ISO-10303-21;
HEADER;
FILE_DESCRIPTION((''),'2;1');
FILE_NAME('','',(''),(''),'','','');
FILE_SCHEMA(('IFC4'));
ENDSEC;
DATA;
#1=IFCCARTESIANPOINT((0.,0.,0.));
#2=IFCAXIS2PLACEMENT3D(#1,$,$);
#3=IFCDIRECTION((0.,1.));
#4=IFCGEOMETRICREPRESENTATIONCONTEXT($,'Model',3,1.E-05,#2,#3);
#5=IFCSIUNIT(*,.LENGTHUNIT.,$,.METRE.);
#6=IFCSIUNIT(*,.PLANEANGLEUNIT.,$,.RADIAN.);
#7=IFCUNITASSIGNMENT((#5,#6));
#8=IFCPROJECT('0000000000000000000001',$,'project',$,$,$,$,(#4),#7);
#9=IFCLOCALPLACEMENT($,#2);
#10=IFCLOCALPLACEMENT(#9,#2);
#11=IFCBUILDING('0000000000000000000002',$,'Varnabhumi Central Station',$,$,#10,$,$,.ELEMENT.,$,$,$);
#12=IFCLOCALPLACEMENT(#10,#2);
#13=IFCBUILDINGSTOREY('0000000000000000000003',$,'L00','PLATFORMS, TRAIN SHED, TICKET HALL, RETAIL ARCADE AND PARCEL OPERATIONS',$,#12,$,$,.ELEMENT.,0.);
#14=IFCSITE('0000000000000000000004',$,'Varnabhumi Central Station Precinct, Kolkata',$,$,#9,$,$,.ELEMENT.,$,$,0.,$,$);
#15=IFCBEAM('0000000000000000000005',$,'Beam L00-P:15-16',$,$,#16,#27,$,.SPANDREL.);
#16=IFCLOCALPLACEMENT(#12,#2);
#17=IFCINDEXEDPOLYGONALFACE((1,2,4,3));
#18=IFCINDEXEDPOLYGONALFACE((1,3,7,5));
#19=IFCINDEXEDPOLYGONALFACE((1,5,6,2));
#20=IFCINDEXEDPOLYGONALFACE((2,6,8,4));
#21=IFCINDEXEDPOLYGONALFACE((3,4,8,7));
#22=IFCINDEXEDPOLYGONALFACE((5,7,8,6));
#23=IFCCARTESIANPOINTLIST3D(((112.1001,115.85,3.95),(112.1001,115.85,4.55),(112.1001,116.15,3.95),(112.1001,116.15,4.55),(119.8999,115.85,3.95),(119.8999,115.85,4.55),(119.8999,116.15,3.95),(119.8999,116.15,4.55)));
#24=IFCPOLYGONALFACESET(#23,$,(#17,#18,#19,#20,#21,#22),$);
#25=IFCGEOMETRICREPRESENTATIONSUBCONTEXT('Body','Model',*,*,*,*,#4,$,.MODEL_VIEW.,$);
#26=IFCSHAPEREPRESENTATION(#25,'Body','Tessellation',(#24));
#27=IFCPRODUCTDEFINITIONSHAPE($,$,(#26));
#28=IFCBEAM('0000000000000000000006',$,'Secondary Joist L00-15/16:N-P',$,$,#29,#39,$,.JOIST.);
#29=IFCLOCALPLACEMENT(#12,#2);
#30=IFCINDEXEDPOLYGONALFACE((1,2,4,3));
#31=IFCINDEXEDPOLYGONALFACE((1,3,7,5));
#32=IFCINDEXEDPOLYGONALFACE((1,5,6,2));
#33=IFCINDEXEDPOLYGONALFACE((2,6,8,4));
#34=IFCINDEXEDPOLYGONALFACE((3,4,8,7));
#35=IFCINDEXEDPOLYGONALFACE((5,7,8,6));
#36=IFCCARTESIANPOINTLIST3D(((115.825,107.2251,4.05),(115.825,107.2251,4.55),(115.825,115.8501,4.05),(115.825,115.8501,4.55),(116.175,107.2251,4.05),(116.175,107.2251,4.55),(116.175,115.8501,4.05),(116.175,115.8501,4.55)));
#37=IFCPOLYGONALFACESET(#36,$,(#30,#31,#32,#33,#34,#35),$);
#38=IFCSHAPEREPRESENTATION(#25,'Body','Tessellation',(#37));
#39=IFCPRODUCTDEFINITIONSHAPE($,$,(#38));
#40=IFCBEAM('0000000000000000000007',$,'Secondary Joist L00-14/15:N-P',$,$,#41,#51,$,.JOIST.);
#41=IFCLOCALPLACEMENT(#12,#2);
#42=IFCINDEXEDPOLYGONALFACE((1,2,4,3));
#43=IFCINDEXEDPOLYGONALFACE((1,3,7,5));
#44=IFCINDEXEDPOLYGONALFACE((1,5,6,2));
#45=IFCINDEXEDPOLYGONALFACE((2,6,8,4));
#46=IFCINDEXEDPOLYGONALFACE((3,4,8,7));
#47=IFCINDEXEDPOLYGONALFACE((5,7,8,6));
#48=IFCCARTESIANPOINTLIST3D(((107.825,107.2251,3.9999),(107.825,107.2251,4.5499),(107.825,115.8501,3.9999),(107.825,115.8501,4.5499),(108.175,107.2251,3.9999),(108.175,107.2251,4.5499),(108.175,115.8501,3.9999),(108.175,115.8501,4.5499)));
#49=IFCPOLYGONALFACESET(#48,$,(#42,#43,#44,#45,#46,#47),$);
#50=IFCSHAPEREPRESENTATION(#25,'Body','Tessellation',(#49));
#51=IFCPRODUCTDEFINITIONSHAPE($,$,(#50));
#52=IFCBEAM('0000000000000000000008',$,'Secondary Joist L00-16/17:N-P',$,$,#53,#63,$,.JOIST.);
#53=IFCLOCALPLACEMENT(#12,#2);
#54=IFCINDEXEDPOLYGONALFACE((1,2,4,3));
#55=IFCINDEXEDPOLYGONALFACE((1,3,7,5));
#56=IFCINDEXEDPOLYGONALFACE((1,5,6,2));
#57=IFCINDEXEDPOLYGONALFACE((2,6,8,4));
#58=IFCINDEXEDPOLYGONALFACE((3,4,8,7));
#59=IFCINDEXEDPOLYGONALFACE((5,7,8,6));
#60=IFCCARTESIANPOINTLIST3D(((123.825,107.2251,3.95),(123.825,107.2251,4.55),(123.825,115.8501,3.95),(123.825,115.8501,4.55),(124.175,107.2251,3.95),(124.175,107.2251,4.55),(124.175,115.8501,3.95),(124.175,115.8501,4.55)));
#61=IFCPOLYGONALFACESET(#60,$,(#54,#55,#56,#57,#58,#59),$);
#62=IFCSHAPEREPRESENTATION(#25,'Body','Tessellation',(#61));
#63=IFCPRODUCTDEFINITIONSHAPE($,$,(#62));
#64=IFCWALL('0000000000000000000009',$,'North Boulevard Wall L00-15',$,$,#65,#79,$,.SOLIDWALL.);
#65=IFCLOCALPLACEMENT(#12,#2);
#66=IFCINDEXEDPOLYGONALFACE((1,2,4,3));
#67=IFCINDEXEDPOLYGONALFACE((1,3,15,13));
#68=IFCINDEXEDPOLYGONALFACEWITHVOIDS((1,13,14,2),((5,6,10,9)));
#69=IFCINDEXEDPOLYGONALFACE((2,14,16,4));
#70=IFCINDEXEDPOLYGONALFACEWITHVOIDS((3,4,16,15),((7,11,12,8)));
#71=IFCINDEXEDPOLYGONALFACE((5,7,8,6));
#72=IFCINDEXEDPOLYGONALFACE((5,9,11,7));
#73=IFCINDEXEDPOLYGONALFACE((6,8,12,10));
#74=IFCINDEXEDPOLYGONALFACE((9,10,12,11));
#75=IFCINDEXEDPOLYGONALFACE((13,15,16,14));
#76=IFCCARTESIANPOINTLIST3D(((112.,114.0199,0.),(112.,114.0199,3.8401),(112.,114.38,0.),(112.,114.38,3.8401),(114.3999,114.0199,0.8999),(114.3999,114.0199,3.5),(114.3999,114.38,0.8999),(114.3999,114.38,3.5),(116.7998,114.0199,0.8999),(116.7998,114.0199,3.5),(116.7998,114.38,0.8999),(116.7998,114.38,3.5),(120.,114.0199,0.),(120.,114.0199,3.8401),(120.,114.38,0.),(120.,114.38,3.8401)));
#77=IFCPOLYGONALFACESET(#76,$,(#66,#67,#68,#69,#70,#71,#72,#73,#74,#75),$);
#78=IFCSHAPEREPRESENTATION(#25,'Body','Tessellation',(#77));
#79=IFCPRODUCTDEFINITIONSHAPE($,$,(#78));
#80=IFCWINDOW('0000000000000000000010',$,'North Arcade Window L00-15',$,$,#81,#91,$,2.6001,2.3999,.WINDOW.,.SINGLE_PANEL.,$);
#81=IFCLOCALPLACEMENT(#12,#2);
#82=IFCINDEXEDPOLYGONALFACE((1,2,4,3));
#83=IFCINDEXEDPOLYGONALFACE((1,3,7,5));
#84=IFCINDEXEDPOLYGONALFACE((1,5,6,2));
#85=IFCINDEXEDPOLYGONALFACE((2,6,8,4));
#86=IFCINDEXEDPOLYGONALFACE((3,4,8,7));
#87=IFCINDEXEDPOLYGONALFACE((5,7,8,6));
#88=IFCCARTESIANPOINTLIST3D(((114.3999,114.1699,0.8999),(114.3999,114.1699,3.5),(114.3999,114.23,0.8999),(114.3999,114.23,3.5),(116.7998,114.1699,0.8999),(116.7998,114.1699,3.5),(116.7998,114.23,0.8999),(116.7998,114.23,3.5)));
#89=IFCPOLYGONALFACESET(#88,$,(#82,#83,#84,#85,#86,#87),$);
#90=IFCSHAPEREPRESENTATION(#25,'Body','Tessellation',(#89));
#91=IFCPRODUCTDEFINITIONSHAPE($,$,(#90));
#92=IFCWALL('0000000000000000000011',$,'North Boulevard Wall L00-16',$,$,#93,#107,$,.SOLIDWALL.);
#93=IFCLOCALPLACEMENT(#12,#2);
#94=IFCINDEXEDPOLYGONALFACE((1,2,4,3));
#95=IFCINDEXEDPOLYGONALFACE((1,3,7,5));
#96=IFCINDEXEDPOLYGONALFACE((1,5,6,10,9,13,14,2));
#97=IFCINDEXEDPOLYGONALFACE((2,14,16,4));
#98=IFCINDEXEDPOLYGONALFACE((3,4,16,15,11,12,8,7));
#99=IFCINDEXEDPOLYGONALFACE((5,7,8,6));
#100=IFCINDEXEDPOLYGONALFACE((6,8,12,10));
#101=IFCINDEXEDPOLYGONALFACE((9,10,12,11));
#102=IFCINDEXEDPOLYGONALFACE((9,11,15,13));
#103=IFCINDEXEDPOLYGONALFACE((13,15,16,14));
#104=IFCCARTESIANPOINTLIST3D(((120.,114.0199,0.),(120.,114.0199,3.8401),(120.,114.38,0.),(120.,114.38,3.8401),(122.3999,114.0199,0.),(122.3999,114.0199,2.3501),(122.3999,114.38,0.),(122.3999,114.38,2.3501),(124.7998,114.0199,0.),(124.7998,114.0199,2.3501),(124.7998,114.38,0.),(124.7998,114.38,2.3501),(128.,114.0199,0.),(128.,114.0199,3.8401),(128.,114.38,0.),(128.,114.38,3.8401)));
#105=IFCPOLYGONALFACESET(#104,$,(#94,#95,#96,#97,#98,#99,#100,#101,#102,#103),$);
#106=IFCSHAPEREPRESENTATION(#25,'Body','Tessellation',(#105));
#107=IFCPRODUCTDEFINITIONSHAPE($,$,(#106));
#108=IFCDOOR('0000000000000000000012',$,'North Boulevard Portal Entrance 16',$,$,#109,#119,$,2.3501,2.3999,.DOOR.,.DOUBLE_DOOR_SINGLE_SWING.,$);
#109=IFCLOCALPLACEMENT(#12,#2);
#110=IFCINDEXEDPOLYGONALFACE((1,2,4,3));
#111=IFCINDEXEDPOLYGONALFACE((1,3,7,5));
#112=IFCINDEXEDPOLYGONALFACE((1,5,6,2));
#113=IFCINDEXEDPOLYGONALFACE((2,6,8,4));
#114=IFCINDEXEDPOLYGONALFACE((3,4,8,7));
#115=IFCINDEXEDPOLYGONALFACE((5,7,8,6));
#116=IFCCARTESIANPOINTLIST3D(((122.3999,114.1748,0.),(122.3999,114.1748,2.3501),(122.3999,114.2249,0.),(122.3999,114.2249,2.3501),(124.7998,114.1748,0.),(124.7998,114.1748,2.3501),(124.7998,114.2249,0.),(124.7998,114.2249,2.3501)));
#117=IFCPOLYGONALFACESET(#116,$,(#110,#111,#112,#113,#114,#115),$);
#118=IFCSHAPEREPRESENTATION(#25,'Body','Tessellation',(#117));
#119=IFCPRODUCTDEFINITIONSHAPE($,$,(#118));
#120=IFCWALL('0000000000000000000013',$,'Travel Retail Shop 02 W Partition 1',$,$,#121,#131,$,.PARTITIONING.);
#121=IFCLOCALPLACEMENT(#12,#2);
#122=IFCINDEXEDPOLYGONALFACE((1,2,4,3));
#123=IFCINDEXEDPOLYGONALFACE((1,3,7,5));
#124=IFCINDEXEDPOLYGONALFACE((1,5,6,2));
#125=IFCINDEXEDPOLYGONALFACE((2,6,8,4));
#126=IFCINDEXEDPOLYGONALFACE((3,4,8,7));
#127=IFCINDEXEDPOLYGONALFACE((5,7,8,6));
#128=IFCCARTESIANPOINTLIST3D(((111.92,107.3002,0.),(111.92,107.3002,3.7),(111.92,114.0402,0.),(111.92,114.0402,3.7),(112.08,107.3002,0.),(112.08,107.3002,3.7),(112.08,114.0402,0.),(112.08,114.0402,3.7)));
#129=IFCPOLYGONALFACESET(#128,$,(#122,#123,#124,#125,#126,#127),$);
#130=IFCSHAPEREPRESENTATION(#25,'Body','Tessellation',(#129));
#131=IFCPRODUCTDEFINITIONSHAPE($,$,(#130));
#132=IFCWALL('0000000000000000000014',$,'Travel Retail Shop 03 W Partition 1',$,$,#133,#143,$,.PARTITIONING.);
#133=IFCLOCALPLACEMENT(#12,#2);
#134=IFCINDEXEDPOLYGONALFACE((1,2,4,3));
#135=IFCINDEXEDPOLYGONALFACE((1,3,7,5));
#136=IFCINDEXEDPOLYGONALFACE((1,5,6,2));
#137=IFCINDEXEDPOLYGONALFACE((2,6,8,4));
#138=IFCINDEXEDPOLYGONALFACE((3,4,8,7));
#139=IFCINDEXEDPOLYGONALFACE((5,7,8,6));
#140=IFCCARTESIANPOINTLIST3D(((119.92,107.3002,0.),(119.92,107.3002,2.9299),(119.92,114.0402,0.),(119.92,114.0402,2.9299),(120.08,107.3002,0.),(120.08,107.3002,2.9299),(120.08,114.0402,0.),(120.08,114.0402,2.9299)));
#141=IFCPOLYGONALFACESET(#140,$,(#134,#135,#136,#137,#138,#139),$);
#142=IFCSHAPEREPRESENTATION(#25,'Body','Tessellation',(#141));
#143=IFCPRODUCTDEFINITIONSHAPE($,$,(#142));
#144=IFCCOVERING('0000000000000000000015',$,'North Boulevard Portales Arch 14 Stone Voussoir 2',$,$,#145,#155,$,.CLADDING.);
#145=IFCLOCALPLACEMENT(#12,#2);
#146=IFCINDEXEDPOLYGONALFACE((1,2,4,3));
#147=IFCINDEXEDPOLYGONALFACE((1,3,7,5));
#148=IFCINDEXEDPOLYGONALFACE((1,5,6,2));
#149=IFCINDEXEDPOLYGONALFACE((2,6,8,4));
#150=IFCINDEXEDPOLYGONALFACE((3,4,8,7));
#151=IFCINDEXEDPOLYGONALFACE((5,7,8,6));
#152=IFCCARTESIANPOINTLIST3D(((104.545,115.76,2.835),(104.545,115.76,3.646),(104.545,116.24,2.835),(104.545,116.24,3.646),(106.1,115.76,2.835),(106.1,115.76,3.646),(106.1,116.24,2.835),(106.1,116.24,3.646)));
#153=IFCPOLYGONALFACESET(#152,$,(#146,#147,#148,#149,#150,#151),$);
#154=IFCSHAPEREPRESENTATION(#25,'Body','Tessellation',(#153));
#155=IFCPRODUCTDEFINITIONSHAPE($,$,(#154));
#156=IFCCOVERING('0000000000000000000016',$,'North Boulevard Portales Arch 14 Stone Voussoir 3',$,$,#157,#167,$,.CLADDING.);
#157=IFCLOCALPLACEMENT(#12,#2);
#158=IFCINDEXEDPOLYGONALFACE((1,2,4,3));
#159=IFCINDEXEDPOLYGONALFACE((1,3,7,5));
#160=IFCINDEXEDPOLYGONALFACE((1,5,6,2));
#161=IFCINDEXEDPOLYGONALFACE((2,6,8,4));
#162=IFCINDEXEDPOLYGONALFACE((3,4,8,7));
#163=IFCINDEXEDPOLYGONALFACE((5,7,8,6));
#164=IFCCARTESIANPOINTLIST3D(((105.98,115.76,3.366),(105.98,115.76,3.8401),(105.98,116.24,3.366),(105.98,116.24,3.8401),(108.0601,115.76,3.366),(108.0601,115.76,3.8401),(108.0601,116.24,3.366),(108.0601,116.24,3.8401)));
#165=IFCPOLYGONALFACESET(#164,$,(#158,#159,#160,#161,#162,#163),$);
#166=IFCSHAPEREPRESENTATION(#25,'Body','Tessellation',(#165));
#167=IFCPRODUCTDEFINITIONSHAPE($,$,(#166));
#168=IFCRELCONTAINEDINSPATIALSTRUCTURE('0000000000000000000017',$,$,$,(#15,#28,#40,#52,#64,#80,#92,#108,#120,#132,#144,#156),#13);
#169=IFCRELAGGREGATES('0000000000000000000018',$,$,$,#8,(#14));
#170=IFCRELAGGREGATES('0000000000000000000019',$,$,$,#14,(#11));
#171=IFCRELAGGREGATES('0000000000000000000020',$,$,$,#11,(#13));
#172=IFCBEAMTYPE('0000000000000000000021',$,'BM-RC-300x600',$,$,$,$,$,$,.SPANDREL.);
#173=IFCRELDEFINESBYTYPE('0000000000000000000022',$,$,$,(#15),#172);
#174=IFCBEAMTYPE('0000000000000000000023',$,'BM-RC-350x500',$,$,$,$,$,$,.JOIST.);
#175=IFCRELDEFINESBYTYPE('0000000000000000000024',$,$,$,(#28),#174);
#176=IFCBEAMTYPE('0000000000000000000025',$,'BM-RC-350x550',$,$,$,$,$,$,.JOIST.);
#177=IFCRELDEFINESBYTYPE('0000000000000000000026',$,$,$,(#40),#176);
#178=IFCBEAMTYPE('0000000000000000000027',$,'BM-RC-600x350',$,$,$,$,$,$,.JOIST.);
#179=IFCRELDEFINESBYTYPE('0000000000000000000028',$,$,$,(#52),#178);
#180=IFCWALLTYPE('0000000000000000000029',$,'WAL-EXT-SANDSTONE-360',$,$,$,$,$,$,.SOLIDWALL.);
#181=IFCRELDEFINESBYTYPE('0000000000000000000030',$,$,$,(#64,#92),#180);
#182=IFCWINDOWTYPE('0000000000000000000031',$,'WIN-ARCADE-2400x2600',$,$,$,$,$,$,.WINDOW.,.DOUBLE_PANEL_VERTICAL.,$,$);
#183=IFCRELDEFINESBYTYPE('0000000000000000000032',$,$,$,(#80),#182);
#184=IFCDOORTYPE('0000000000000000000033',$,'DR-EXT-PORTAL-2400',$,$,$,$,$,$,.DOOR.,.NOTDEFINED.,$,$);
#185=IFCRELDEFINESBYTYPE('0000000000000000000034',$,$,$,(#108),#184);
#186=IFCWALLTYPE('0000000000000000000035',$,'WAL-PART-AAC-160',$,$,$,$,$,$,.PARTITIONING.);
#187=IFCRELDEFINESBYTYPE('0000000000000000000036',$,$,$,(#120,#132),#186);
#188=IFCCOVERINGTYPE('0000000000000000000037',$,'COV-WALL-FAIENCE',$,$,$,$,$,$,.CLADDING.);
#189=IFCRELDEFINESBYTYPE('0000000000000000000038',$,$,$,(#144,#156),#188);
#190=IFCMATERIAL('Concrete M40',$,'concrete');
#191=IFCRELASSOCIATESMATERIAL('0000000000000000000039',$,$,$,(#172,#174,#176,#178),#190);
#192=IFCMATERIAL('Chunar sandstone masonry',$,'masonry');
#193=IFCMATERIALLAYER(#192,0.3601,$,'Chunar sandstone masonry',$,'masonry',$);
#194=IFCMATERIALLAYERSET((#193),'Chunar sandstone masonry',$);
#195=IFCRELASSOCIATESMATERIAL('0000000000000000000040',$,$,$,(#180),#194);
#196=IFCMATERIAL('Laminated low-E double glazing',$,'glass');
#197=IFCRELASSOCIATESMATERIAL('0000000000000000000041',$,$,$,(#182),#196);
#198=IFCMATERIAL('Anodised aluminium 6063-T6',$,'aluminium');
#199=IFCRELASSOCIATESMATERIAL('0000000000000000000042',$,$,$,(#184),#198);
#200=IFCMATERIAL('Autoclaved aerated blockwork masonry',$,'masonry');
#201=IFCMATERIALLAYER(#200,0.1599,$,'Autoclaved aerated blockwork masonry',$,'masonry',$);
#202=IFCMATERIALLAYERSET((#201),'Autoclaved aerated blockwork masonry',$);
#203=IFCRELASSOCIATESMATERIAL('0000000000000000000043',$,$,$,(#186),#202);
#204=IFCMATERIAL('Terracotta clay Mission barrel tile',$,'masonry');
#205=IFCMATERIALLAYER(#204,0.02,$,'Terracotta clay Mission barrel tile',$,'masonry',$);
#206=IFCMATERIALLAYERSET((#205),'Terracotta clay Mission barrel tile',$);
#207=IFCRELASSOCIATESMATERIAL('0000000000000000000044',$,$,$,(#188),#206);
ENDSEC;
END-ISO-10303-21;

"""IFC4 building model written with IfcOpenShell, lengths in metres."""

from ifc_helpers import new_model, si_unit, direction, frame, frame_2d, origin, origin_2d, place, context, subcontext, project, spatial, rectangle, extrude, material, layer, layer_set, material_profile, profile_set, type_object, element, fill, save


model = new_model("IFC4")

# Units and contexts
model_context = context("Model", 3, precision=1e-05, world=origin(), true_north=direction((0.0, 1.0)))
body_context = subcontext(model_context, "Body", "Model", "MODEL_VIEW")
ifc_project = project(units=[si_unit("LENGTHUNIT", "METRE"), si_unit("PLANEANGLEUNIT", "RADIAN")], contexts=[model_context])

# Site, building, storey
site_placement = place(None, origin())
site = spatial("IfcSite", under=ifc_project, at=site_placement, Name="Varnabhumi Central Station Precinct, Kolkata", CompositionType="ELEMENT", RefElevation=0.0)
building_placement = place(site_placement, origin())
building = spatial("IfcBuilding", under=site, at=building_placement, Name="Varnabhumi Central Station", CompositionType="ELEMENT")
storey_placement = place(building_placement, origin())
storey = spatial("IfcBuildingStorey", under=building, at=storey_placement, Name="L00", Description="PLATFORMS, TRAIN SHED, TICKET HALL, RETAIL ARCADE AND PARCEL OPERATIONS", CompositionType="ELEMENT", Elevation=0.0)

# Shared definitions
ifc_material_1 = material(Name="Concrete M40", Category="concrete")

# Beams
ifc_material_profile_1 = material_profile(ifc_material_1, rectangle(XDim=0.3, YDim=0.6001, at=origin_2d()), Name="Concrete M40", Category="concrete")
ifc_profile_set_1 = profile_set([ifc_material_profile_1], Name="Concrete M40")
beam_type_1 = type_object("IfcBeamType", Name="BM-RC-300x600", PredefinedType="SPANDREL", material=ifc_profile_set_1)
beam_1_placement = place(storey_placement, frame((112.1001, 116.0, 4.25), z_axis=(1.0, 0.0, 0.0), x_axis=(0.0, 1.0, 0.0)))
element("IfcBeam", 1, at=beam_1_placement, inside=storey, type_object=beam_type_1, Name="Beam L00-P:15-16", PredefinedType="SPANDREL", context=body_context, shape_type="SweptSolid", body=[
    extrude(rectangle(XDim=0.3, YDim=0.6001, at=origin_2d()), origin(), (0.0, 0.0, 1.0), 7.7998),
])
ifc_material_profile_2 = material_profile(ifc_material_1, rectangle(XDim=0.3501, YDim=0.5, at=origin_2d()), Name="Concrete M40", Category="concrete")
ifc_profile_set_2 = profile_set([ifc_material_profile_2], Name="Concrete M40")
beam_type_2 = type_object("IfcBeamType", Name="BM-RC-350x500", PredefinedType="JOIST", material=ifc_profile_set_2)
beam_2_placement = place(storey_placement, frame((116.0, 107.2251, 4.3), z_axis=(0.0, 1.0, 0.0), x_axis=(-1.0, 0.0, 0.0)))
element("IfcBeam", 2, at=beam_2_placement, inside=storey, type_object=beam_type_2, Name="Secondary Joist L00-15/16:N-P", PredefinedType="JOIST", context=body_context, shape_type="SweptSolid", body=[
    extrude(rectangle(XDim=0.3501, YDim=0.5, at=origin_2d()), origin(), (0.0, 0.0, 1.0), 8.625),
])
ifc_material_profile_3 = material_profile(ifc_material_1, rectangle(XDim=0.3501, YDim=0.55, at=origin_2d()), Name="Concrete M40", Category="concrete")
ifc_profile_set_3 = profile_set([ifc_material_profile_3], Name="Concrete M40")
beam_type_3 = type_object("IfcBeamType", Name="BM-RC-350x550", PredefinedType="JOIST", material=ifc_profile_set_3)
beam_3_placement = place(storey_placement, frame((108.0, 107.2251, 4.2749), z_axis=(0.0, 1.0, 0.0), x_axis=(-1.0, 0.0, 0.0)))
element("IfcBeam", 3, at=beam_3_placement, inside=storey, type_object=beam_type_3, Name="Secondary Joist L00-14/15:N-P", PredefinedType="JOIST", context=body_context, shape_type="SweptSolid", body=[
    extrude(rectangle(XDim=0.3501, YDim=0.55, at=origin_2d()), origin(), (0.0, 0.0, 1.0), 8.625),
])
ifc_material_profile_4 = material_profile(ifc_material_1, rectangle(XDim=0.3501, YDim=0.6001, at=origin_2d()), Name="Concrete M40", Category="concrete")
ifc_profile_set_4 = profile_set([ifc_material_profile_4], Name="Concrete M40")
beam_type_4 = type_object("IfcBeamType", Name="BM-RC-600x350", PredefinedType="JOIST", material=ifc_profile_set_4)
beam_4_placement = place(storey_placement, frame((124.0, 107.2251, 4.25), z_axis=(0.0, 1.0, 0.0), x_axis=(-1.0, 0.0, 0.0)))
element("IfcBeam", 4, at=beam_4_placement, inside=storey, type_object=beam_type_4, Name="Secondary Joist L00-16/17:N-P", PredefinedType="JOIST", context=body_context, shape_type="SweptSolid", body=[
    extrude(rectangle(XDim=0.3501, YDim=0.6001, at=origin_2d()), origin(), (0.0, 0.0, 1.0), 8.625),
])

# Wall, opening, window
ifc_material_2 = material(Name="Chunar sandstone masonry", Category="masonry")
ifc_layer_1 = layer(ifc_material_2, 0.3601, Name="Chunar sandstone masonry", Category="masonry")
ifc_layer_set_1 = layer_set([ifc_layer_1], Name="Chunar sandstone masonry")
wall_type_1 = type_object("IfcWallType", Name="WAL-EXT-SANDSTONE-360", PredefinedType="SOLIDWALL", material=ifc_layer_set_1)
wall_1_placement = place(storey_placement, frame((112.0, 114.2, 0.0), z_axis=(0.0, 0.0, 1.0), x_axis=(1.0, 0.0, 0.0)))
wall_1 = element("IfcWall", 5, at=wall_1_placement, inside=storey, type_object=wall_type_1, Name="North Boulevard Wall L00-15", PredefinedType="SOLIDWALL", context=body_context, shape_type="SweptSolid", body=[
    extrude(rectangle(XDim=8.0, YDim=0.3601, at=frame_2d((4.0, 0.0))), origin(), (0.0, 0.0, 1.0), 3.8401),
])
opening_1_placement = place(wall_1_placement, frame((2.3999, 0.0, 0.8999)))
opening_1 = element("IfcOpeningElement", 6, at=opening_1_placement, cuts=wall_1, PredefinedType="OPENING", context=body_context, shape_type="SweptSolid", body=[
    extrude(rectangle(XDim=2.3999, YDim=2.6001, at=frame_2d((1.2, 1.3))), frame((0.0, 0.1899, 0.0), z_axis=(0.0, -1.0, 0.0), x_axis=(1.0, 0.0, 0.0)), (0.0, 0.0, 1.0), 0.3801),
])
ifc_material_3 = material(Name="Laminated low-E double glazing", Category="glass")
window_type = type_object("IfcWindowType", Name="WIN-ARCADE-2400x2600", PartitioningType="DOUBLE_PANEL_VERTICAL", PredefinedType="WINDOW", material=ifc_material_3)
window_placement = place(opening_1_placement, origin())
window = element("IfcWindow", 7, at=window_placement, inside=storey, type_object=window_type, Name="North Arcade Window L00-15", OverallHeight=2.6001, OverallWidth=2.3999, PartitioningType="SINGLE_PANEL", PredefinedType="WINDOW", context=body_context, shape_type="SweptSolid", body=[
    extrude(rectangle(XDim=2.3999, YDim=2.6001, at=frame_2d((1.2, 1.3))), frame((0.0, 0.03, 0.0), z_axis=(0.0, -1.0, 0.0), x_axis=(1.0, 0.0, 0.0)), (0.0, 0.0, 1.0), 0.0601),
])
fill(opening_1, window)

# Wall, opening, door
wall_2_placement = place(storey_placement, frame((120.0, 114.2, 0.0), z_axis=(0.0, 0.0, 1.0), x_axis=(1.0, 0.0, 0.0)))
wall_2 = element("IfcWall", 8, at=wall_2_placement, inside=storey, type_object=wall_type_1, Name="North Boulevard Wall L00-16", PredefinedType="SOLIDWALL", context=body_context, shape_type="SweptSolid", body=[
    extrude(rectangle(XDim=8.0, YDim=0.3601, at=frame_2d((4.0, 0.0))), origin(), (0.0, 0.0, 1.0), 3.8401),
])
opening_2_placement = place(wall_2_placement, frame((2.3999, 0.0, 0.0)))
opening_2 = element("IfcOpeningElement", 9, at=opening_2_placement, cuts=wall_2, PredefinedType="OPENING", context=body_context, shape_type="SweptSolid", body=[
    extrude(rectangle(XDim=2.3999, YDim=2.3501, at=frame_2d((1.2, 1.175))), frame((0.0, 0.1899, 0.0), z_axis=(0.0, -1.0, 0.0), x_axis=(1.0, 0.0, 0.0)), (0.0, 0.0, 1.0), 0.3801),
])
ifc_material_4 = material(Name="Anodised aluminium 6063-T6", Category="aluminium")
door_type = type_object("IfcDoorType", Name="DR-EXT-PORTAL-2400", OperationType="NOTDEFINED", PredefinedType="DOOR", material=ifc_material_4)
door_placement = place(opening_2_placement, origin())
door = element("IfcDoor", 10, at=door_placement, inside=storey, type_object=door_type, Name="North Boulevard Portal Entrance 16", OperationType="DOUBLE_DOOR_SINGLE_SWING", OverallHeight=2.3501, OverallWidth=2.3999, PredefinedType="DOOR", context=body_context, shape_type="SweptSolid", body=[
    extrude(rectangle(XDim=2.3999, YDim=2.3501, at=frame_2d((1.2, 1.175))), frame((0.0, 0.0249, 0.0), z_axis=(0.0, -1.0, 0.0), x_axis=(1.0, 0.0, 0.0)), (0.0, 0.0, 1.0), 0.05),
])
fill(opening_2, door)

# Walls
ifc_material_5 = material(Name="Autoclaved aerated blockwork masonry", Category="masonry")
ifc_layer_2 = layer(ifc_material_5, 0.1599, Name="Autoclaved aerated blockwork masonry", Category="masonry")
ifc_layer_set_2 = layer_set([ifc_layer_2], Name="Autoclaved aerated blockwork masonry")
wall_type_2 = type_object("IfcWallType", Name="WAL-PART-AAC-160", PredefinedType="PARTITIONING", material=ifc_layer_set_2)
wall_3_placement = place(storey_placement, frame((112.0, 107.3, 0.0), z_axis=(0.0, 0.0, 1.0), x_axis=(0.0, 1.0, 0.0)))
element("IfcWall", 11, at=wall_3_placement, inside=storey, type_object=wall_type_2, Name="Travel Retail Shop 02 W Partition 1", PredefinedType="PARTITIONING", context=body_context, shape_type="SweptSolid", body=[
    extrude(rectangle(XDim=6.74, YDim=0.1599, at=frame_2d((3.3701, 0.0))), origin(), (0.0, 0.0, 1.0), 3.7),
])
wall_4_placement = place(storey_placement, frame((120.0, 107.3, 0.0), z_axis=(0.0, 0.0, 1.0), x_axis=(0.0, 1.0, 0.0)))
element("IfcWall", 12, at=wall_4_placement, inside=storey, type_object=wall_type_2, Name="Travel Retail Shop 03 W Partition 1", PredefinedType="PARTITIONING", context=body_context, shape_type="SweptSolid", body=[
    extrude(rectangle(XDim=6.74, YDim=0.1599, at=frame_2d((3.3701, 0.0))), origin(), (0.0, 0.0, 1.0), 2.9299),
])

# Coverings
ifc_material_6 = material(Name="Terracotta clay Mission barrel tile", Category="masonry")
ifc_layer_3 = layer(ifc_material_6, 0.02, Name="Terracotta clay Mission barrel tile", Category="masonry")
ifc_layer_set_3 = layer_set([ifc_layer_3], Name="Terracotta clay Mission barrel tile")
covering_type = type_object("IfcCoveringType", Name="COV-WALL-FAIENCE", PredefinedType="CLADDING", material=ifc_layer_set_3)
covering_1_placement = place(storey_placement, frame((105.3225, 116.0, 2.835), z_axis=(0.0, 0.0, 1.0), x_axis=(1.0, 0.0, 0.0)))
element("IfcCovering", 13, at=covering_1_placement, inside=storey, type_object=covering_type, Name="North Boulevard Portales Arch 14 Stone Voussoir 2", PredefinedType="CLADDING", context=body_context, shape_type="SweptSolid", body=[
    extrude(rectangle(XDim=1.5549, YDim=0.48, at=origin_2d()), origin(), (0.0, 0.0, 1.0), 0.811),
])
for number, where, z_axis, x_axis, name in (
    (14, (107.02, 116.0, 3.366), (0.0, 0.0, 1.0), (1.0, 0.0, 0.0), "North Boulevard Portales Arch 14 Stone Voussoir 3"),
):
    element("IfcCovering", number, at=place(storey_placement, frame(where, z_axis=z_axis, x_axis=x_axis)), inside=storey, type_object=covering_type, Name=name, PredefinedType="CLADDING", context=body_context, shape_type="SweptSolid", body=[
        extrude(rectangle(XDim=2.0801, YDim=0.48, at=origin_2d()), origin(), (0.0, 0.0, 1.0), 0.4741),
    ])

save(model, "model.ifc")
